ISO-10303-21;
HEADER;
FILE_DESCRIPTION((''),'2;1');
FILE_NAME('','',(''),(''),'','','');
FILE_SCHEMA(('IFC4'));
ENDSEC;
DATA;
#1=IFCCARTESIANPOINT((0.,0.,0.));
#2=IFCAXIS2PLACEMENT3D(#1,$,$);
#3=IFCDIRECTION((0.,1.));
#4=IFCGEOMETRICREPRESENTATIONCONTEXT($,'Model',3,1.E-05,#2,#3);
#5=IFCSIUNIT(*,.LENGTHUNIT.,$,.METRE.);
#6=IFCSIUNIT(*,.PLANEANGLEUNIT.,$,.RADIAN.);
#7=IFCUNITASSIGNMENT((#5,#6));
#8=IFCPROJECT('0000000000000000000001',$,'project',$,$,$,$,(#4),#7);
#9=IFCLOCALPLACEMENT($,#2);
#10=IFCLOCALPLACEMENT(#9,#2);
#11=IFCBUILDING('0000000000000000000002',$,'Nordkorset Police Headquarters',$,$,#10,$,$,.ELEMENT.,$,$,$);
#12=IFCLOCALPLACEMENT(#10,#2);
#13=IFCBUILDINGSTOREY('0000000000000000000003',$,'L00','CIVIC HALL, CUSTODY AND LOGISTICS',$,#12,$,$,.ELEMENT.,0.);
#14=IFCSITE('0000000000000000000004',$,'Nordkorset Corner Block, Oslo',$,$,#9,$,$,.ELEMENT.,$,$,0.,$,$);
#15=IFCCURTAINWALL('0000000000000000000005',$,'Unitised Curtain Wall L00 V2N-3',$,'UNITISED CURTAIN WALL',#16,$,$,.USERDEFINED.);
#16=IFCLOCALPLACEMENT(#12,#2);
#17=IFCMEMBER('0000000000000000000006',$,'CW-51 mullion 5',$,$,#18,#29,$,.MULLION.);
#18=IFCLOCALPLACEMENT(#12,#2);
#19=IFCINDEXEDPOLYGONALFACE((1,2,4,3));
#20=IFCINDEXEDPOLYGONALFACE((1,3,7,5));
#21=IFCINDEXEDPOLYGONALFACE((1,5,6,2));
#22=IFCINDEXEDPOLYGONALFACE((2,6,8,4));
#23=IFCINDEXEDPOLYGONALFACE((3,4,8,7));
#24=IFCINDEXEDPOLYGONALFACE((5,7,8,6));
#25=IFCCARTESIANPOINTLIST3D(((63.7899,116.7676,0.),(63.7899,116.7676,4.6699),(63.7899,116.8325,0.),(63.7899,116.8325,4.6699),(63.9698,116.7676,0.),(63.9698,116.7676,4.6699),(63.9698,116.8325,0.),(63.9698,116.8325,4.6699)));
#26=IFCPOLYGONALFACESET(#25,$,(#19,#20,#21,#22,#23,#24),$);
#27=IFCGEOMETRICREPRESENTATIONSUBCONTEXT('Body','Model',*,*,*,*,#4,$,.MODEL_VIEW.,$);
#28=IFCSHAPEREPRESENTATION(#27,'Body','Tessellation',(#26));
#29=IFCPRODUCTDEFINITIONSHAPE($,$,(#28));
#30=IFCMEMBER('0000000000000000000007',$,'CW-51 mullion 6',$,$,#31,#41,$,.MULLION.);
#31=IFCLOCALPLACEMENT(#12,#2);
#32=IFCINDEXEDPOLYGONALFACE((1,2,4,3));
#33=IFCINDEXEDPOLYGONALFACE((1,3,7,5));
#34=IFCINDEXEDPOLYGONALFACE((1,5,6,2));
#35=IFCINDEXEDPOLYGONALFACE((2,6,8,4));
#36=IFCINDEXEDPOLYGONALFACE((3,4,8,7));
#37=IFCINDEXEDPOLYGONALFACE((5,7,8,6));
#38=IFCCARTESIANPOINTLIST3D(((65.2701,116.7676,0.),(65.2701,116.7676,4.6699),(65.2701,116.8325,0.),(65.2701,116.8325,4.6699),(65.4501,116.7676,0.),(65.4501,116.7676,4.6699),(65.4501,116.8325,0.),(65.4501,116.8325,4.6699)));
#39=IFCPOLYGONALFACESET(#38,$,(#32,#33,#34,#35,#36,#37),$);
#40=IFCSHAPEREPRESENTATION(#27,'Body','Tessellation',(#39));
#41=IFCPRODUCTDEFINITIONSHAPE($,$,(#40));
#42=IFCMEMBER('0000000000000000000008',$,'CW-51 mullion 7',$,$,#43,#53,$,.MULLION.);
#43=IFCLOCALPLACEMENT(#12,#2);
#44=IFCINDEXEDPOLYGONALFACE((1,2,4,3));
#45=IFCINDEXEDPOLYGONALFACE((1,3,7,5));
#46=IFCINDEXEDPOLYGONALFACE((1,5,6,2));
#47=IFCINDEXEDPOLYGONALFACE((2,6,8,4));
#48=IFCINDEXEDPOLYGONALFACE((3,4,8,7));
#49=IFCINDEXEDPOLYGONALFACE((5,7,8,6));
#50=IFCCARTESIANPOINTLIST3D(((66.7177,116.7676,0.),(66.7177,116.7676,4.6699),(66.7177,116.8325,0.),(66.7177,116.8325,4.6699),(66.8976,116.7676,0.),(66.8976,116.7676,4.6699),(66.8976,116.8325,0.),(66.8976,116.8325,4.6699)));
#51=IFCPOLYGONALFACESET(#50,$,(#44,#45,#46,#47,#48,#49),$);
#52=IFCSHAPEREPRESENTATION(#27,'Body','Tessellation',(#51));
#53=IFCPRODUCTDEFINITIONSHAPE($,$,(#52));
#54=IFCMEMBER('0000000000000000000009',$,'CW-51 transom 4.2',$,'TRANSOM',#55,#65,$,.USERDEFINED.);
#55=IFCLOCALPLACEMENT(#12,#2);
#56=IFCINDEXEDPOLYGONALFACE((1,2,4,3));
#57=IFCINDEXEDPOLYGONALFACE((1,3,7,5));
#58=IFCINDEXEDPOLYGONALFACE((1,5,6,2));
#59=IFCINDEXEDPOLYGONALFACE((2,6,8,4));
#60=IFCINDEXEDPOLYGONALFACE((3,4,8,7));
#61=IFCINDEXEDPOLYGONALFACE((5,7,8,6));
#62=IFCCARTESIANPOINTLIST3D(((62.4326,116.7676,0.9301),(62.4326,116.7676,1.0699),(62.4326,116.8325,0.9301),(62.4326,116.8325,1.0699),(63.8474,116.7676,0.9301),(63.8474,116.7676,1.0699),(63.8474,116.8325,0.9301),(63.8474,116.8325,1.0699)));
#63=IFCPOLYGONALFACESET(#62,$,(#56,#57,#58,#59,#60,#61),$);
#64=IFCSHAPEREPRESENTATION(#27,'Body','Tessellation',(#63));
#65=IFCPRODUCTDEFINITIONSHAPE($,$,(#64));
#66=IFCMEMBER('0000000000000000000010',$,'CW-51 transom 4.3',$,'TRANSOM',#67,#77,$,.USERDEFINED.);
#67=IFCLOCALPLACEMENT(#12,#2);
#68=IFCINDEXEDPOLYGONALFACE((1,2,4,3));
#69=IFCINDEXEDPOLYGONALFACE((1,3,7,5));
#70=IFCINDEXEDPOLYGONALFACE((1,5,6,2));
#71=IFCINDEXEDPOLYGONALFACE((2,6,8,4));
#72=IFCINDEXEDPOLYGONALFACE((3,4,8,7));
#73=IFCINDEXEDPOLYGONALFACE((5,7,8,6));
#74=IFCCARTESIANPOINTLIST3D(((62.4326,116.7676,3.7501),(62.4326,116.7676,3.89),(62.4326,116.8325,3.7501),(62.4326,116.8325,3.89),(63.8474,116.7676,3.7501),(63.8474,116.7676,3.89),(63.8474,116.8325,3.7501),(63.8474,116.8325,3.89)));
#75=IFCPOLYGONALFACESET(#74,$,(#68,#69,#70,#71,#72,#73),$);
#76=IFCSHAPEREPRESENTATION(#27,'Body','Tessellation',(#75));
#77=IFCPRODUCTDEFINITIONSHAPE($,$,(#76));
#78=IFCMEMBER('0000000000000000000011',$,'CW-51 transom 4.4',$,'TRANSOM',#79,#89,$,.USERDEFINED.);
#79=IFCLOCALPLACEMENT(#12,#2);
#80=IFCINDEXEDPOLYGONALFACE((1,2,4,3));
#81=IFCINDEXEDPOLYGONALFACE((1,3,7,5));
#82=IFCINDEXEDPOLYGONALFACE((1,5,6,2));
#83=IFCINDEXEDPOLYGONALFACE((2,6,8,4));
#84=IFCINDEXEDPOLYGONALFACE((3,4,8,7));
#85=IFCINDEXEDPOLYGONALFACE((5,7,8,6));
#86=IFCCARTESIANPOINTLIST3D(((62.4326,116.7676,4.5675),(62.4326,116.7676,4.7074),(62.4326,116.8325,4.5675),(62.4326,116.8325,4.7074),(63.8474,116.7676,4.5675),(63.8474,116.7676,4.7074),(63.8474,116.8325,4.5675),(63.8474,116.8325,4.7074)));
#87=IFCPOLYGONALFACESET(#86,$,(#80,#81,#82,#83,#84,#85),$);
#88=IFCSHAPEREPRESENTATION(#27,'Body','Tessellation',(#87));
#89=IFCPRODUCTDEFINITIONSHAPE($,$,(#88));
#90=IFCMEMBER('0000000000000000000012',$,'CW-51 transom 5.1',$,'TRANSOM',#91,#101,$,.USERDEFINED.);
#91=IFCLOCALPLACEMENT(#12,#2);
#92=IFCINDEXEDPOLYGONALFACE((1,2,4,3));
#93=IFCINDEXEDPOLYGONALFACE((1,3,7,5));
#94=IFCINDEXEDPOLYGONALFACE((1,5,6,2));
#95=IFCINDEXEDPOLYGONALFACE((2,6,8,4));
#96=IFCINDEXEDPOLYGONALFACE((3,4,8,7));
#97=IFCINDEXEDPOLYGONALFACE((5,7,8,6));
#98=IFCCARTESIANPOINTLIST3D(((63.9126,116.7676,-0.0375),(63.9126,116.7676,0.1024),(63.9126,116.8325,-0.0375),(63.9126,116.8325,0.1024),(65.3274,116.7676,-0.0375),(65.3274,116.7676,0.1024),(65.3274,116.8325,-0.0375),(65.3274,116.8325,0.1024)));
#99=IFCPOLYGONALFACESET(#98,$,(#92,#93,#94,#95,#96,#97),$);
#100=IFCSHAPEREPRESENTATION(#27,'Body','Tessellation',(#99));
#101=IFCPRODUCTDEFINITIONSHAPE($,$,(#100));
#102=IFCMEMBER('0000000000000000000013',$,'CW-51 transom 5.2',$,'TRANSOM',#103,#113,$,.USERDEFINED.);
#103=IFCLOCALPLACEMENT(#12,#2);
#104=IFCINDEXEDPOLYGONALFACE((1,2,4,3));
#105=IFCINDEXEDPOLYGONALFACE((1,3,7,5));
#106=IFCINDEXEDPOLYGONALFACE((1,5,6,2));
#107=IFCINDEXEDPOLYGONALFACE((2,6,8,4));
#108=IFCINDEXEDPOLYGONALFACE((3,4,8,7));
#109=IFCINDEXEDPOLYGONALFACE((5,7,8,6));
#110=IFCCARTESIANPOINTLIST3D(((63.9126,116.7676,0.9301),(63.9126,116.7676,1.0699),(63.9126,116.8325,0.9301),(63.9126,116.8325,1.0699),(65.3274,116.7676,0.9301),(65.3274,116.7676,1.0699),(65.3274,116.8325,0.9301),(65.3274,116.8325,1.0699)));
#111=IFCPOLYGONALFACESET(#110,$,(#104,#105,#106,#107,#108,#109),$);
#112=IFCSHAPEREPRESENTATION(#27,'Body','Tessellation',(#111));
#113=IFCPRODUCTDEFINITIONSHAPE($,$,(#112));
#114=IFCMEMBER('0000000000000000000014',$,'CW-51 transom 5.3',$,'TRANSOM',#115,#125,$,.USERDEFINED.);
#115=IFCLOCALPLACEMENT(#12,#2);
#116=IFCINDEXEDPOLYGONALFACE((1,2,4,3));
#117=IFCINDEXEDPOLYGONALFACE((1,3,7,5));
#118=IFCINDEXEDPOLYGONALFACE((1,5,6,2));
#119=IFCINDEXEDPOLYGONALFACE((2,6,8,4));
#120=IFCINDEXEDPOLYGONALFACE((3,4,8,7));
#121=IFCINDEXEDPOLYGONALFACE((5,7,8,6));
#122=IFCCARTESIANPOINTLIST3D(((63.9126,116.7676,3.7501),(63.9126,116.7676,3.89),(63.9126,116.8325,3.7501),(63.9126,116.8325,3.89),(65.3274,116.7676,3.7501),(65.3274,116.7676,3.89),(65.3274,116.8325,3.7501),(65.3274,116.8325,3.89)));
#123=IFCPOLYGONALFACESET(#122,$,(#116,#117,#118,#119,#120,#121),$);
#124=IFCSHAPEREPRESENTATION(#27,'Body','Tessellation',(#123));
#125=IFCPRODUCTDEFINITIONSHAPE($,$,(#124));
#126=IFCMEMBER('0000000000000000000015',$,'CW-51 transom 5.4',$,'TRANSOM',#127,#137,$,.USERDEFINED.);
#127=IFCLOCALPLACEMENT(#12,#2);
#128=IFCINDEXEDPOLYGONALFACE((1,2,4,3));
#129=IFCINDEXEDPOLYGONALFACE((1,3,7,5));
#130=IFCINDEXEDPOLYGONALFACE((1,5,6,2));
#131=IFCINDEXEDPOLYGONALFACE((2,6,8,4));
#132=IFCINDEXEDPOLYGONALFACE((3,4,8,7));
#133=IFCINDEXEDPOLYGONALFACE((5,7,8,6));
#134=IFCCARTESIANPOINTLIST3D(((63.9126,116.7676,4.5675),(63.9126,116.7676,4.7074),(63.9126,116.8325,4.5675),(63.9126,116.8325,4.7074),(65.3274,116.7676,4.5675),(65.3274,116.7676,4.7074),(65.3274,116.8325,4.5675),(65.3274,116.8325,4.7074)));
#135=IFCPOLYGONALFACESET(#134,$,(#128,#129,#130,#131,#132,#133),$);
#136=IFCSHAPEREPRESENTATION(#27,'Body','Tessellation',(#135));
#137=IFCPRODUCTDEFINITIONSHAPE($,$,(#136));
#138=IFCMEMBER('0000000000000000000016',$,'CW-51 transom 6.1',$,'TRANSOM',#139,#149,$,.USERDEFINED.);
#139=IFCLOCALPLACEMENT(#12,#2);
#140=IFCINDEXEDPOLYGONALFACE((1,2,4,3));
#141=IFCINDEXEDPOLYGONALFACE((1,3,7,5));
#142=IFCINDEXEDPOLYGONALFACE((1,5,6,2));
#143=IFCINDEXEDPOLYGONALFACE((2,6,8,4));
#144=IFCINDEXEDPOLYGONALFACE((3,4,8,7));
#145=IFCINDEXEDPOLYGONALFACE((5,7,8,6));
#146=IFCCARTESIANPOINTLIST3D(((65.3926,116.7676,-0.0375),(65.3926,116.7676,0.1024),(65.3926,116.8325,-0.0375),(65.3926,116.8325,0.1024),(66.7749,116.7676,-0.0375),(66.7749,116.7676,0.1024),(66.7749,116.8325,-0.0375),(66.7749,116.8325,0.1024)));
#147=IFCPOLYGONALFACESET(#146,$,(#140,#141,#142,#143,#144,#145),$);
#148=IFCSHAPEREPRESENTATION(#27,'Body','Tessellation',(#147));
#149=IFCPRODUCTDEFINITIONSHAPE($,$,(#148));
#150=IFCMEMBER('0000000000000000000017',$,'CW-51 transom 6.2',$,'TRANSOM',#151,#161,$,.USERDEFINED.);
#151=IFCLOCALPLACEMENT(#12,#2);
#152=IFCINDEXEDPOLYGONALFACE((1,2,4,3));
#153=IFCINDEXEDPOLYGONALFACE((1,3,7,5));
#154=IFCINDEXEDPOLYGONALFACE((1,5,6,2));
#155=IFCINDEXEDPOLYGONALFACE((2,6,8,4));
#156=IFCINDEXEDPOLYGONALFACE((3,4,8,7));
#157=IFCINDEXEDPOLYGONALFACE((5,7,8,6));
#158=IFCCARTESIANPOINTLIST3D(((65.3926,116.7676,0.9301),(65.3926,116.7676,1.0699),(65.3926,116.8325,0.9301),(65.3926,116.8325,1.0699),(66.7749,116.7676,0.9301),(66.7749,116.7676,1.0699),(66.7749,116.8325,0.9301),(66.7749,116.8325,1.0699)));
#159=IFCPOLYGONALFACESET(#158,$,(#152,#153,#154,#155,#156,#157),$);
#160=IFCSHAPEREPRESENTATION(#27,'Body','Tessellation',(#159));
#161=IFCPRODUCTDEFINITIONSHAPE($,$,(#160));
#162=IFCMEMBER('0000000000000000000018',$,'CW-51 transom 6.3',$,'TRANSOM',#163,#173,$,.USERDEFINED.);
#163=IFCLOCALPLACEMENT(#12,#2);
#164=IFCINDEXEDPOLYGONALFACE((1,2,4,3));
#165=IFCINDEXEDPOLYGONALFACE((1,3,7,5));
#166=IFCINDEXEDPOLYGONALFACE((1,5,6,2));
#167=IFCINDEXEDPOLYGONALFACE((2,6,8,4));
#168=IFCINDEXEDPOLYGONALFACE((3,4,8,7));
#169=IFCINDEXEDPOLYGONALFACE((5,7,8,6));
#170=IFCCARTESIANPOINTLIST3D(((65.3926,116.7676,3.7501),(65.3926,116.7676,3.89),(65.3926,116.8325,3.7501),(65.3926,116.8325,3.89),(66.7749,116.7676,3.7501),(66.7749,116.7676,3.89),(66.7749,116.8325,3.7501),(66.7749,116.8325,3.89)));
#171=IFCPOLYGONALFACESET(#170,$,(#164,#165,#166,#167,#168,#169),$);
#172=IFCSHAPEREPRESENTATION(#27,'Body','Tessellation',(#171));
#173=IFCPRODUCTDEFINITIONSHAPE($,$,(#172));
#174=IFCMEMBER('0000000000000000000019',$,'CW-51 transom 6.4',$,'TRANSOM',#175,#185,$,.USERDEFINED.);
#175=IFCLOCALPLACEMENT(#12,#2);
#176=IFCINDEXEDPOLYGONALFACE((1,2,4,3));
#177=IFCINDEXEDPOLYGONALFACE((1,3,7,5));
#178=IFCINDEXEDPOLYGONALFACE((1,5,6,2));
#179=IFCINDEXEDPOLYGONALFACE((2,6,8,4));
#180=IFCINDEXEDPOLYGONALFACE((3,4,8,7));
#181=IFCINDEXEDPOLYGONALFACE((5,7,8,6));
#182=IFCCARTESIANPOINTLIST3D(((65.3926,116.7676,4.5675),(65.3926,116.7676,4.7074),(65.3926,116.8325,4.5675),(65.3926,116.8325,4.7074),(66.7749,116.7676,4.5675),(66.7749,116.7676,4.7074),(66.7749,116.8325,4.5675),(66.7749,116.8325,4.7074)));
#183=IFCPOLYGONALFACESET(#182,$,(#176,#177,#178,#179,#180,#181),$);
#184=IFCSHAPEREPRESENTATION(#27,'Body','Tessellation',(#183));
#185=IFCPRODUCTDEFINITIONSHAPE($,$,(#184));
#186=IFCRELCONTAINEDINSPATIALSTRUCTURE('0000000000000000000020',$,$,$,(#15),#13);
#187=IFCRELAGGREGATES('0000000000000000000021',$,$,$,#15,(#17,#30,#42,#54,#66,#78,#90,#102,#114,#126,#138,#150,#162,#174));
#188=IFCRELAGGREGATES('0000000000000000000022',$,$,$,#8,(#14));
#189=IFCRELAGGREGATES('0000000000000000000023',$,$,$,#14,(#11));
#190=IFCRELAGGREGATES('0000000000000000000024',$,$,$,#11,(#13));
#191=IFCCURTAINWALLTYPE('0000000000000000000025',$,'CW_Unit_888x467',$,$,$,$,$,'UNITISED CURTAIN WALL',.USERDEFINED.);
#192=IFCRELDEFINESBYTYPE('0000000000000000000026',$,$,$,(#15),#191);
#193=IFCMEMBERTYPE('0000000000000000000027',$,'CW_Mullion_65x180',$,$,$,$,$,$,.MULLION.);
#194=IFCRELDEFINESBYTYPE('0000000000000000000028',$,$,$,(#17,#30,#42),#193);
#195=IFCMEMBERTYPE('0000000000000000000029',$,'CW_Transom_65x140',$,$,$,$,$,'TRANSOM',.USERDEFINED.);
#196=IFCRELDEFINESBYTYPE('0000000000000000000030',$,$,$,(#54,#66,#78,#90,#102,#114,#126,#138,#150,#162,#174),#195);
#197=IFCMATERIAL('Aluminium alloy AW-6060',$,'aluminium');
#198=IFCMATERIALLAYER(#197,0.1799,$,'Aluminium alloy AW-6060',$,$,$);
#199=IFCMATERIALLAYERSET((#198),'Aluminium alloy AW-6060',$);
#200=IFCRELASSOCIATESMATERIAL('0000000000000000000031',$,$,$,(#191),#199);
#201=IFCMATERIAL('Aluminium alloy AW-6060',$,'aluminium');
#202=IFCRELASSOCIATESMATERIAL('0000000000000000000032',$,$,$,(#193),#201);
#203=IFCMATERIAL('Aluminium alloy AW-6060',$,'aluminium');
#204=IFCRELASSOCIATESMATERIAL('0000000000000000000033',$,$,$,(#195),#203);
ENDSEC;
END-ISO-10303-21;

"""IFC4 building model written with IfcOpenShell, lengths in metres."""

from ifc_helpers import new_model, si_unit, direction, frame, origin, origin_2d, place, context, subcontext, project, spatial, rectangle, extrude, material, layer, layer_set, material_profile, profile_set, type_object, element, aggregate, save


model = new_model("IFC4")

# Units and contexts
model_context = context("Model", 3, precision=1e-05, world=origin(), true_north=direction((0.0, 1.0)))
body_context = subcontext(model_context, "Body", "Model", "MODEL_VIEW")
ifc_project = project(units=[si_unit("LENGTHUNIT", "METRE"), si_unit("PLANEANGLEUNIT", "RADIAN")], contexts=[model_context])

# Site, building, storey
site_placement = place(None, origin())
site = spatial("IfcSite", under=ifc_project, at=site_placement, Name="Nordkorset Corner Block, Oslo", CompositionType="ELEMENT", RefElevation=0.0)
building_placement = place(site_placement, origin())
building = spatial("IfcBuilding", under=site, at=building_placement, Name="Nordkorset Police Headquarters", CompositionType="ELEMENT")
storey_placement = place(building_placement, origin())
storey = spatial("IfcBuildingStorey", under=building, at=storey_placement, Name="L00", Description="CIVIC HALL, CUSTODY AND LOGISTICS", CompositionType="ELEMENT", Elevation=0.0)

# Curtain wall, members
ifc_material_1 = material(Name="Aluminium alloy AW-6060", Category="aluminium")
ifc_layer_1 = layer(ifc_material_1, 0.1799, Name="Aluminium alloy AW-6060")
ifc_layer_set_1 = layer_set([ifc_layer_1], Name="Aluminium alloy AW-6060")
curtain_wall_type = type_object("IfcCurtainWallType", Name="CW_Unit_888x467", ElementType="UNITISED CURTAIN WALL", PredefinedType="USERDEFINED", material=ifc_layer_set_1)
curtain_wall_placement = place(storey_placement, origin())
curtain_wall = element("IfcCurtainWall", 1, at=curtain_wall_placement, inside=storey, type_object=curtain_wall_type, Name="Unitised Curtain Wall L00 V2N-3", ObjectType="UNITISED CURTAIN WALL", PredefinedType="USERDEFINED")
ifc_material_2 = material(Name="Aluminium alloy AW-6060", Category="aluminium")
ifc_material_profile_1 = material_profile(ifc_material_2, rectangle(XDim=0.0649, YDim=0.1799, at=origin_2d()), Name="ALU MULL 65x180")
ifc_profile_set_1 = profile_set([ifc_material_profile_1], Name="Aluminium alloy AW-6060")
member_type_1 = type_object("IfcMemberType", Name="CW_Mullion_65x180", PredefinedType="MULLION", material=ifc_profile_set_1)
member_1_placement = place(storey_placement, frame((63.8799, 116.8, 0.0), z_axis=(0.0, 0.0, 1.0), x_axis=(0.0, 1.0, 0.0)))
member_1 = element("IfcMember", 2, at=member_1_placement, type_object=member_type_1, Name="CW-51 mullion 5", PredefinedType="MULLION", context=body_context, shape_type="SweptSolid", body=[
    extrude(rectangle(XDim=0.0649, YDim=0.1799, at=origin_2d()), origin(), (0.0, 0.0, 1.0), 4.6699),
])
member_2_placement = place(storey_placement, frame((65.3601, 116.8, 0.0), z_axis=(0.0, 0.0, 1.0), x_axis=(0.0, 1.0, 0.0)))
member_2 = element("IfcMember", 3, at=member_2_placement, type_object=member_type_1, Name="CW-51 mullion 6", PredefinedType="MULLION", context=body_context, shape_type="SweptSolid", body=[
    extrude(rectangle(XDim=0.0649, YDim=0.1799, at=origin_2d()), origin(), (0.0, 0.0, 1.0), 4.6699),
])
member_3_placement = place(storey_placement, frame((66.8076, 116.8, 0.0), z_axis=(0.0, 0.0, 1.0), x_axis=(0.0, 1.0, 0.0)))
member_3 = element("IfcMember", 4, at=member_3_placement, type_object=member_type_1, Name="CW-51 mullion 7", PredefinedType="MULLION", context=body_context, shape_type="SweptSolid", body=[
    extrude(rectangle(XDim=0.0649, YDim=0.1799, at=origin_2d()), origin(), (0.0, 0.0, 1.0), 4.6699),
])
ifc_material_3 = material(Name="Aluminium alloy AW-6060", Category="aluminium")
ifc_material_profile_2 = material_profile(ifc_material_3, rectangle(XDim=0.0649, YDim=0.1399, at=origin_2d()), Name="ALU TRAN 65x140")
ifc_profile_set_2 = profile_set([ifc_material_profile_2], Name="Aluminium alloy AW-6060")
member_type_2 = type_object("IfcMemberType", Name="CW_Transom_65x140", ElementType="TRANSOM", PredefinedType="USERDEFINED", material=ifc_profile_set_2)
member_4_placement = place(storey_placement, frame((62.4326, 116.8, 1.0), z_axis=(1.0, 0.0, 0.0), x_axis=(0.0, 1.0, 0.0)))
member_4 = element("IfcMember", 5, at=member_4_placement, type_object=member_type_2, Name="CW-51 transom 4.2", ObjectType="TRANSOM", PredefinedType="USERDEFINED", context=body_context, shape_type="SweptSolid", body=[
    extrude(rectangle(XDim=0.0649, YDim=0.1399, at=origin_2d()), origin(), (0.0, 0.0, 1.0), 1.4148),
])
member_5_placement = place(storey_placement, frame((62.4326, 116.8, 3.8201), z_axis=(1.0, 0.0, 0.0), x_axis=(0.0, 1.0, 0.0)))
member_5 = element("IfcMember", 6, at=member_5_placement, type_object=member_type_2, Name="CW-51 transom 4.3", ObjectType="TRANSOM", PredefinedType="USERDEFINED", context=body_context, shape_type="SweptSolid", body=[
    extrude(rectangle(XDim=0.0649, YDim=0.1399, at=origin_2d()), origin(), (0.0, 0.0, 1.0), 1.4148),
])
member_6_placement = place(storey_placement, frame((62.4326, 116.8, 4.6375), z_axis=(1.0, 0.0, 0.0), x_axis=(0.0, 1.0, 0.0)))
member_6 = element("IfcMember", 7, at=member_6_placement, type_object=member_type_2, Name="CW-51 transom 4.4", ObjectType="TRANSOM", PredefinedType="USERDEFINED", context=body_context, shape_type="SweptSolid", body=[
    extrude(rectangle(XDim=0.0649, YDim=0.1399, at=origin_2d()), origin(), (0.0, 0.0, 1.0), 1.4148),
])
member_7_placement = place(storey_placement, frame((63.9126, 116.8, 0.0325), z_axis=(1.0, 0.0, 0.0), x_axis=(0.0, 1.0, 0.0)))
member_7 = element("IfcMember", 8, at=member_7_placement, type_object=member_type_2, Name="CW-51 transom 5.1", ObjectType="TRANSOM", PredefinedType="USERDEFINED", context=body_context, shape_type="SweptSolid", body=[
    extrude(rectangle(XDim=0.0649, YDim=0.1399, at=origin_2d()), origin(), (0.0, 0.0, 1.0), 1.4148),
])
member_8_placement = place(storey_placement, frame((63.9126, 116.8, 1.0), z_axis=(1.0, 0.0, 0.0), x_axis=(0.0, 1.0, 0.0)))
member_8 = element("IfcMember", 9, at=member_8_placement, type_object=member_type_2, Name="CW-51 transom 5.2", ObjectType="TRANSOM", PredefinedType="USERDEFINED", context=body_context, shape_type="SweptSolid", body=[
    extrude(rectangle(XDim=0.0649, YDim=0.1399, at=origin_2d()), origin(), (0.0, 0.0, 1.0), 1.4148),
])
member_9_placement = place(storey_placement, frame((63.9126, 116.8, 3.8201), z_axis=(1.0, 0.0, 0.0), x_axis=(0.0, 1.0, 0.0)))
member_9 = element("IfcMember", 10, at=member_9_placement, type_object=member_type_2, Name="CW-51 transom 5.3", ObjectType="TRANSOM", PredefinedType="USERDEFINED", context=body_context, shape_type="SweptSolid", body=[
    extrude(rectangle(XDim=0.0649, YDim=0.1399, at=origin_2d()), origin(), (0.0, 0.0, 1.0), 1.4148),
])
member_10_placement = place(storey_placement, frame((63.9126, 116.8, 4.6375), z_axis=(1.0, 0.0, 0.0), x_axis=(0.0, 1.0, 0.0)))
member_10 = element("IfcMember", 11, at=member_10_placement, type_object=member_type_2, Name="CW-51 transom 5.4", ObjectType="TRANSOM", PredefinedType="USERDEFINED", context=body_context, shape_type="SweptSolid", body=[
    extrude(rectangle(XDim=0.0649, YDim=0.1399, at=origin_2d()), origin(), (0.0, 0.0, 1.0), 1.4148),
])
member_11_placement = place(storey_placement, frame((65.3926, 116.8, 0.0325), z_axis=(1.0, 0.0, 0.0), x_axis=(0.0, 1.0, 0.0)))
member_11 = element("IfcMember", 12, at=member_11_placement, type_object=member_type_2, Name="CW-51 transom 6.1", ObjectType="TRANSOM", PredefinedType="USERDEFINED", context=body_context, shape_type="SweptSolid", body=[
    extrude(rectangle(XDim=0.0649, YDim=0.1399, at=origin_2d()), origin(), (0.0, 0.0, 1.0), 1.3823),
])
member_12_placement = place(storey_placement, frame((65.3926, 116.8, 1.0), z_axis=(1.0, 0.0, 0.0), x_axis=(0.0, 1.0, 0.0)))
member_12 = element("IfcMember", 13, at=member_12_placement, type_object=member_type_2, Name="CW-51 transom 6.2", ObjectType="TRANSOM", PredefinedType="USERDEFINED", context=body_context, shape_type="SweptSolid", body=[
    extrude(rectangle(XDim=0.0649, YDim=0.1399, at=origin_2d()), origin(), (0.0, 0.0, 1.0), 1.3823),
])
member_13_placement = place(storey_placement, frame((65.3926, 116.8, 3.8201), z_axis=(1.0, 0.0, 0.0), x_axis=(0.0, 1.0, 0.0)))
member_13 = element("IfcMember", 14, at=member_13_placement, type_object=member_type_2, Name="CW-51 transom 6.3", ObjectType="TRANSOM", PredefinedType="USERDEFINED", context=body_context, shape_type="SweptSolid", body=[
    extrude(rectangle(XDim=0.0649, YDim=0.1399, at=origin_2d()), origin(), (0.0, 0.0, 1.0), 1.3823),
])
member_14_placement = place(storey_placement, frame((65.3926, 116.8, 4.6375), z_axis=(1.0, 0.0, 0.0), x_axis=(0.0, 1.0, 0.0)))
member_14 = element("IfcMember", 15, at=member_14_placement, type_object=member_type_2, Name="CW-51 transom 6.4", ObjectType="TRANSOM", PredefinedType="USERDEFINED", context=body_context, shape_type="SweptSolid", body=[
    extrude(rectangle(XDim=0.0649, YDim=0.1399, at=origin_2d()), origin(), (0.0, 0.0, 1.0), 1.3823),
])
aggregate(curtain_wall, [member_1, member_2, member_3, member_4, member_5, member_6, member_7, member_8, member_9, member_10, member_11, member_12, member_13, member_14])

save(model, "model.ifc")
